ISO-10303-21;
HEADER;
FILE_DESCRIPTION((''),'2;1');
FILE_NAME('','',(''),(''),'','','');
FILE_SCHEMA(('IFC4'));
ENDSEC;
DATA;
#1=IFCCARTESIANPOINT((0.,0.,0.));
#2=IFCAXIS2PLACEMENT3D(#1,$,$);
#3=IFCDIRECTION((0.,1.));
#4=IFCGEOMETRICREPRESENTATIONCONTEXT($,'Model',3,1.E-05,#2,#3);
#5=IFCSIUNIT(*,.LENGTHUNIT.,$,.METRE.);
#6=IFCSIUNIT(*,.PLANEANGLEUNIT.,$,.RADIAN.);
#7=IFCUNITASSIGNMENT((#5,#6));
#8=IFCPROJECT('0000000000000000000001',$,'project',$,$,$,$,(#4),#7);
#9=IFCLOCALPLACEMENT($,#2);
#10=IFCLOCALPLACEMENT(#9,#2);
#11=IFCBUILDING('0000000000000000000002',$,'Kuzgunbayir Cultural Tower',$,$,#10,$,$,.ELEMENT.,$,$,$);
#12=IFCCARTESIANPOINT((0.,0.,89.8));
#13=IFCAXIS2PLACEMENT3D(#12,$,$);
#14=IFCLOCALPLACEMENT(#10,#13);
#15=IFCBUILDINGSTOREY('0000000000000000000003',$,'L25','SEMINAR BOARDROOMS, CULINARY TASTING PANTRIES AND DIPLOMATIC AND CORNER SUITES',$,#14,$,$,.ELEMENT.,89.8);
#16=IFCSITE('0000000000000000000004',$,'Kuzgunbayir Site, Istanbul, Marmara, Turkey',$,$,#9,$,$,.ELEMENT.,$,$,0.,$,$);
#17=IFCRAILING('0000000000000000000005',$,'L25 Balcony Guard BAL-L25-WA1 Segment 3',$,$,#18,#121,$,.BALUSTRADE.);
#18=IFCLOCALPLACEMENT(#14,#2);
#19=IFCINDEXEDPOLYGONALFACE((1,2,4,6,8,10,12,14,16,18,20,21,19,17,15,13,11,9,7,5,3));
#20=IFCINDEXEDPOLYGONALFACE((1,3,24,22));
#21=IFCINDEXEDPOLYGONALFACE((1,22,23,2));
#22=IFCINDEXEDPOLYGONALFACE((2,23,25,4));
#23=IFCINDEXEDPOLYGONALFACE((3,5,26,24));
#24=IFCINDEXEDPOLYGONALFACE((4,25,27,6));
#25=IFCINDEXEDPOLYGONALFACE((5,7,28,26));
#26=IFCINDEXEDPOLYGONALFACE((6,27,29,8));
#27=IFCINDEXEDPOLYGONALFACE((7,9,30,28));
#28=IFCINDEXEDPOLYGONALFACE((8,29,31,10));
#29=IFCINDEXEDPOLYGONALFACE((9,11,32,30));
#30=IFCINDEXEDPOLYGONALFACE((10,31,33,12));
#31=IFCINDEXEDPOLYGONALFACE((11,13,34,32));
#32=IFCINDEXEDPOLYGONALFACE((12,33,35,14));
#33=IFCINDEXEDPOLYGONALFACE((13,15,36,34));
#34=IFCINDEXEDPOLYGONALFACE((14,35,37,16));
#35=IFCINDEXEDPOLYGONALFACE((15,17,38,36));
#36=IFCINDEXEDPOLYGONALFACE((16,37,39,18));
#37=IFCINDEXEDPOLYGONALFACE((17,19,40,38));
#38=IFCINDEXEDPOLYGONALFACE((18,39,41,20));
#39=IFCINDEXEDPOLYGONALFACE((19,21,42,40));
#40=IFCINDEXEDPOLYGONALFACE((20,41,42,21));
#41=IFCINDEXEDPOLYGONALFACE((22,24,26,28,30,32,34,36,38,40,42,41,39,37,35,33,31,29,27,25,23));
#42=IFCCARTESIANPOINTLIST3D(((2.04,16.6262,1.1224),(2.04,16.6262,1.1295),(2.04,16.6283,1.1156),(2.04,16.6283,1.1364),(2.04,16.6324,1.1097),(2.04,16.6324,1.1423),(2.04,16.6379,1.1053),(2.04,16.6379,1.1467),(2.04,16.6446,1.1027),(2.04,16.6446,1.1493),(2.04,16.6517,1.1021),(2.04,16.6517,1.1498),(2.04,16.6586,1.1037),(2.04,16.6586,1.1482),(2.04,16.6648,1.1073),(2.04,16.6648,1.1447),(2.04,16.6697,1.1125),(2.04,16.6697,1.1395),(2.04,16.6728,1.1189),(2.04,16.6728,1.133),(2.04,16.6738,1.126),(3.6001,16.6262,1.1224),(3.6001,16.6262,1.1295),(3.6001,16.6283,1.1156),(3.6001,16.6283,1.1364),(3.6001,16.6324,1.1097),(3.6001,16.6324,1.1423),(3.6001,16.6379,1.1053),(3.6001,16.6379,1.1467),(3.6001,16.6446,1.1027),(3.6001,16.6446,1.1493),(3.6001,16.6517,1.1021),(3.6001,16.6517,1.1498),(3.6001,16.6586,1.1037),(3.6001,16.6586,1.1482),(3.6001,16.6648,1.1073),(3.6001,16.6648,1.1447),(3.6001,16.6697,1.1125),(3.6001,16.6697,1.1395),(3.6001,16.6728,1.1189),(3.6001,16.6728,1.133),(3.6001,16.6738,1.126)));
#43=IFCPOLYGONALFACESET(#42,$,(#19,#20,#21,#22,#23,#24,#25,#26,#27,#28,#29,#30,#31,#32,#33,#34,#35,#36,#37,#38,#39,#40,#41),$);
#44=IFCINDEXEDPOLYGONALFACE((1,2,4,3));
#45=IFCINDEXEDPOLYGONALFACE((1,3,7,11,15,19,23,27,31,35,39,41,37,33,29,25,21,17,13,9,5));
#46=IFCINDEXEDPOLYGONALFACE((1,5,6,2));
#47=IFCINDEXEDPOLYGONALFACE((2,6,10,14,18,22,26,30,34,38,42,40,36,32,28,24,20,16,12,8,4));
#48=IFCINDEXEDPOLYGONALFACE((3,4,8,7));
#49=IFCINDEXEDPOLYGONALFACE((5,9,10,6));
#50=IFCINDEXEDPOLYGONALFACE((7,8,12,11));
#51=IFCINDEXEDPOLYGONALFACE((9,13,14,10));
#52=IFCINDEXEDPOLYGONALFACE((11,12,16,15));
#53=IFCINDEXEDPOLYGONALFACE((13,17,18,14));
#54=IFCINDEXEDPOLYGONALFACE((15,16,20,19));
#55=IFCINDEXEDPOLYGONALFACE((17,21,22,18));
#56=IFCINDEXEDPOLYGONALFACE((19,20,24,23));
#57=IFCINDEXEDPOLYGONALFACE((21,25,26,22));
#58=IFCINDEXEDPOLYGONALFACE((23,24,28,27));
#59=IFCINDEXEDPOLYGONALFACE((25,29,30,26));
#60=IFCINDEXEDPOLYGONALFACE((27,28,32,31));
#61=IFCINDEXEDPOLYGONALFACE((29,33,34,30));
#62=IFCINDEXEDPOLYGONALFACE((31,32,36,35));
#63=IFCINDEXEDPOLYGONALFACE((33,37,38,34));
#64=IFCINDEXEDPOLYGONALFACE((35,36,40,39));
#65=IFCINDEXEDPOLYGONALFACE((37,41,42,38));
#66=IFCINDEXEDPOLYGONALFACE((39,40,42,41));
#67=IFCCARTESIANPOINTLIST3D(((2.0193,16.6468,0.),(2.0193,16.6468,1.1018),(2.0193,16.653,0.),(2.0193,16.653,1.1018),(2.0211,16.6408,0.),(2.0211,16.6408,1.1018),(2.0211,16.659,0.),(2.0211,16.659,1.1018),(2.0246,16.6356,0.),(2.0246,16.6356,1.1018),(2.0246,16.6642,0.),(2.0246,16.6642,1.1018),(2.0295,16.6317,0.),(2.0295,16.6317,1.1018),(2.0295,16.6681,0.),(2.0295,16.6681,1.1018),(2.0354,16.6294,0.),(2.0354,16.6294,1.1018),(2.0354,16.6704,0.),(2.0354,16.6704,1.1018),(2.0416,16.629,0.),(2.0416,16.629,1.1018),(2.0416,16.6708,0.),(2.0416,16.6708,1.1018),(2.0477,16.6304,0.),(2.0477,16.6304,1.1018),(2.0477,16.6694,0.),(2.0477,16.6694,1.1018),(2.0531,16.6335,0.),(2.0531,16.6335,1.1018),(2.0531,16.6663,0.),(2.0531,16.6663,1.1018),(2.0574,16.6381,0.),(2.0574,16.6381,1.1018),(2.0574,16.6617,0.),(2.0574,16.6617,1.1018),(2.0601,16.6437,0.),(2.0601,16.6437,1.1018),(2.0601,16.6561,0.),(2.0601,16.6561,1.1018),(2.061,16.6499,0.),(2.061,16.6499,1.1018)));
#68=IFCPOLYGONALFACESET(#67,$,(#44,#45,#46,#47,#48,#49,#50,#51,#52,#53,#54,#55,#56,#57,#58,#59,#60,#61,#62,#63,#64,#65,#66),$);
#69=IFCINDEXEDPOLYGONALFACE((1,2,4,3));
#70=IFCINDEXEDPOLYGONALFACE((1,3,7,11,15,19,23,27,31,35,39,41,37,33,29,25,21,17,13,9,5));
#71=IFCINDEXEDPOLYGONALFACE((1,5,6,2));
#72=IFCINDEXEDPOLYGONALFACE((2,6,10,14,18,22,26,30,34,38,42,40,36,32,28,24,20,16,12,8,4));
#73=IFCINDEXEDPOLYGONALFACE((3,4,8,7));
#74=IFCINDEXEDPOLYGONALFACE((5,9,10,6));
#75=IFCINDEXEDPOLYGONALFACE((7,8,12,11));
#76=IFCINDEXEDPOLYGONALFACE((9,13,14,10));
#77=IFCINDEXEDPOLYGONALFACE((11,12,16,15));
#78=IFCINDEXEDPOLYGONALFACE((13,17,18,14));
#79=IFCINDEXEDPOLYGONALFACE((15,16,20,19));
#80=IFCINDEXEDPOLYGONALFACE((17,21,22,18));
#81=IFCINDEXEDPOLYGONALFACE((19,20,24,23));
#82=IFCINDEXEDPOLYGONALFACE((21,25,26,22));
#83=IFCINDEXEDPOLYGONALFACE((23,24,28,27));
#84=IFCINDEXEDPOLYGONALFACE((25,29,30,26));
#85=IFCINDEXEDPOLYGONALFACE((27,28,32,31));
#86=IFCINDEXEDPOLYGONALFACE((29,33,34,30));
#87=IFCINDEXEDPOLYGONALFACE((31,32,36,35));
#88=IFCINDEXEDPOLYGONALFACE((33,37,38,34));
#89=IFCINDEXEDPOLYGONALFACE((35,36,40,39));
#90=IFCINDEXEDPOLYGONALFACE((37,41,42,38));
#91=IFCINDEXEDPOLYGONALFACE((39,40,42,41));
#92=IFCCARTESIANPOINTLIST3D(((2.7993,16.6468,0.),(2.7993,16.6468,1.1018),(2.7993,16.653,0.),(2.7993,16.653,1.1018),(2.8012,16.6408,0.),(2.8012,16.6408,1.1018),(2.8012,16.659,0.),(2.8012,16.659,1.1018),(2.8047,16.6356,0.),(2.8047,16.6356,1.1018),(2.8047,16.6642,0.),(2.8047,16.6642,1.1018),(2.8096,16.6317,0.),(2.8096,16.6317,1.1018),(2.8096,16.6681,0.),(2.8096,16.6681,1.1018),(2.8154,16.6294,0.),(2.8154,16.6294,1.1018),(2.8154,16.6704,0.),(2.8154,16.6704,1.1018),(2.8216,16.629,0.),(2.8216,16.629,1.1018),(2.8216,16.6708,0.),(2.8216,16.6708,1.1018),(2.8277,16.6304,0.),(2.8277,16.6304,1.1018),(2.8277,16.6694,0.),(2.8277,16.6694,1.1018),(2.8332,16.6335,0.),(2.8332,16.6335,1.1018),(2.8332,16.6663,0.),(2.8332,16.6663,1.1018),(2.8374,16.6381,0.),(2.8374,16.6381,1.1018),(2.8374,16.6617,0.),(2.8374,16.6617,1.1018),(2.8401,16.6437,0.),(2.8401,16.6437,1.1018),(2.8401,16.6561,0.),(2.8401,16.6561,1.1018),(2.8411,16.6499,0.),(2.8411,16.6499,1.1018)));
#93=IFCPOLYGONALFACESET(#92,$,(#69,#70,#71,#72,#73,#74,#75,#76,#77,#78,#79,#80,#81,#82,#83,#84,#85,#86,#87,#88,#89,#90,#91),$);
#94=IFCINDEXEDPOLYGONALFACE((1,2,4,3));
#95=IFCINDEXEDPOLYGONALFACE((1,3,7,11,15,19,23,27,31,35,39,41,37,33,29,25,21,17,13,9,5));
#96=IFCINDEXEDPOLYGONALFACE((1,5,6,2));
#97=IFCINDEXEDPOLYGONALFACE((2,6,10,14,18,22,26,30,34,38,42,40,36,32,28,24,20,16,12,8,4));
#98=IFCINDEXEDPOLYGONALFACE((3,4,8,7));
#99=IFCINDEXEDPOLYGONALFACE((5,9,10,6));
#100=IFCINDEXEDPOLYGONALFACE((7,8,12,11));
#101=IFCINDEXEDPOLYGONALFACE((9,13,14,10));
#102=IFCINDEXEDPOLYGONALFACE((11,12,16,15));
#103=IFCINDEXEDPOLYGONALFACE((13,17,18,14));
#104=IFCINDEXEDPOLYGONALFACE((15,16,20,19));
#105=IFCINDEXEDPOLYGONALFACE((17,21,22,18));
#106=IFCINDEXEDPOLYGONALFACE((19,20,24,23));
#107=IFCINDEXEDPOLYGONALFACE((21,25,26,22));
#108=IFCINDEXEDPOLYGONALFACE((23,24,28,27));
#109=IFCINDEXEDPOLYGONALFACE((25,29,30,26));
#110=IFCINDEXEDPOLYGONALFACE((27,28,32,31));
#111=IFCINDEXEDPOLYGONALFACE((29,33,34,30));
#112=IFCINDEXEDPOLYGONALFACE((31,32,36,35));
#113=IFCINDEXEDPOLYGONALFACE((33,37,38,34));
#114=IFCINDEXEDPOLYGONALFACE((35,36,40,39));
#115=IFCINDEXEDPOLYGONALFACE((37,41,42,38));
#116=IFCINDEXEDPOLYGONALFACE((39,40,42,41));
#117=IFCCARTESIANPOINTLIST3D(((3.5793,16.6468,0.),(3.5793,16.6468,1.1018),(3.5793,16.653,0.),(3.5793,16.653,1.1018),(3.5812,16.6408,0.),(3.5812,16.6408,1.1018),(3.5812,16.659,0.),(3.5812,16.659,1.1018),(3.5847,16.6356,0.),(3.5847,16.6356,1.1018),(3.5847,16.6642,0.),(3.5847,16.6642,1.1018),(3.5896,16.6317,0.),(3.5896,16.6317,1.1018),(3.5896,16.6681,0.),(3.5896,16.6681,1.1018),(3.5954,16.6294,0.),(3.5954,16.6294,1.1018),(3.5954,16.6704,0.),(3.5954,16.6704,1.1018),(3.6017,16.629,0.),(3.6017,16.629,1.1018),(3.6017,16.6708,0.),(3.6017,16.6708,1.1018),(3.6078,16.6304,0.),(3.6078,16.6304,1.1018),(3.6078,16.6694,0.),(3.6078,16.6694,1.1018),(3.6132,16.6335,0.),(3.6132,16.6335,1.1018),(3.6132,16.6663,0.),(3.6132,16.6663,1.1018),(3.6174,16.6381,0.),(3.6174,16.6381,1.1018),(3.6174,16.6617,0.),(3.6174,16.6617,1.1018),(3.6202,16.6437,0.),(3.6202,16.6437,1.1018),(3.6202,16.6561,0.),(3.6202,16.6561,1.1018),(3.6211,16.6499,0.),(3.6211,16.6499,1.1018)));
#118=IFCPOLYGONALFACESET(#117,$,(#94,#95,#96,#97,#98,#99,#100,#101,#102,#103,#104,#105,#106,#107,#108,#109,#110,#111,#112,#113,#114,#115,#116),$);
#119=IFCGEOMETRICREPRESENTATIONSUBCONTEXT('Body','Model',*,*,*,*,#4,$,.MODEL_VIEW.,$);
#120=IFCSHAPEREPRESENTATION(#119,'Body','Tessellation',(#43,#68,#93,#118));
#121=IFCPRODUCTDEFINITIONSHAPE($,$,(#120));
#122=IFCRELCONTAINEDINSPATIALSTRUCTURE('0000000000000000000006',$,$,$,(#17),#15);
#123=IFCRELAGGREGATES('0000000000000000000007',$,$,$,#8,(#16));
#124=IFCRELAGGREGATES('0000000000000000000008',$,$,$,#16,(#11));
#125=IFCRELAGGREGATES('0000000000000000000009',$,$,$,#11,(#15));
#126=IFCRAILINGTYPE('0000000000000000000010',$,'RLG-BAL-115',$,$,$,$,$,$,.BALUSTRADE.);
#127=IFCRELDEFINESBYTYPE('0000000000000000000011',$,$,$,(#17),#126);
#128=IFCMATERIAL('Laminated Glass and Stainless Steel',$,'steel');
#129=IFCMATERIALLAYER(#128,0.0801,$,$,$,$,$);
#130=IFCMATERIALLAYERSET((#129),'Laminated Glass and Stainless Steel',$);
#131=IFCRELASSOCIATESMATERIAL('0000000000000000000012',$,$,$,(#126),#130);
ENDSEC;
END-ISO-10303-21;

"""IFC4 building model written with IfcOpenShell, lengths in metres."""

from ifc_helpers import new_model, si_unit, direction, frame, origin, origin_2d, place, context, subcontext, project, spatial, circle, extrude, material, layer, layer_set, type_object, element, save


model = new_model("IFC4")

# Units and contexts
model_context = context("Model", 3, precision=1e-05, world=origin(), true_north=direction((0.0, 1.0)))
body_context = subcontext(model_context, "Body", "Model", "MODEL_VIEW")
ifc_project = project(units=[si_unit("LENGTHUNIT", "METRE"), si_unit("PLANEANGLEUNIT", "RADIAN")], contexts=[model_context])

# Site, building, storey
site_placement = place(None, origin())
site = spatial("IfcSite", under=ifc_project, at=site_placement, Name="Kuzgunbayir Site, Istanbul, Marmara, Turkey", CompositionType="ELEMENT", RefElevation=0.0)
building_placement = place(site_placement, origin())
building = spatial("IfcBuilding", under=site, at=building_placement, Name="Kuzgunbayir Cultural Tower", CompositionType="ELEMENT")
storey_placement = place(building_placement, frame((0.0, 0.0, 89.8)))
storey = spatial("IfcBuildingStorey", under=building, at=storey_placement, Name="L25", Description="SEMINAR BOARDROOMS, CULINARY TASTING PANTRIES AND DIPLOMATIC AND CORNER SUITES", CompositionType="ELEMENT", Elevation=89.8)

# Railing
ifc_material_1 = material(Name="Laminated Glass and Stainless Steel", Category="steel")
ifc_layer_1 = layer(ifc_material_1, 0.0801)
ifc_layer_set_1 = layer_set([ifc_layer_1], Name="Laminated Glass and Stainless Steel")
railing_type = type_object("IfcRailingType", Name="RLG-BAL-115", PredefinedType="BALUSTRADE", material=ifc_layer_set_1)
railing_1_placement = place(storey_placement, frame((2.04, 16.6499, 0.0)))
element("IfcRailing", 1, at=railing_1_placement, inside=storey, type_object=railing_type, Name="L25 Balcony Guard BAL-L25-WA1 Segment 3", PredefinedType="BALUSTRADE", context=body_context, shape_type="SweptSolid", body=[
    extrude(circle(Radius=0.0239, at=origin_2d()), frame((0.0, 0.0, 1.126), z_axis=(1.0, 0.0, 0.0), x_axis=(0.0, 1.0, 0.0)), (0.0, 0.0, 1.0), 1.5601),
    extrude(circle(Radius=0.021, at=origin_2d()), origin(), (0.0, 0.0, 1.0), 1.1018),
    extrude(circle(Radius=0.021, at=origin_2d()), frame((0.78, 0.0, 0.0)), (0.0, 0.0, 1.0), 1.1018),
    extrude(circle(Radius=0.021, at=origin_2d()), frame((1.5601, 0.0, 0.0)), (0.0, 0.0, 1.0), 1.1018),
])

save(model, "model.ifc")
